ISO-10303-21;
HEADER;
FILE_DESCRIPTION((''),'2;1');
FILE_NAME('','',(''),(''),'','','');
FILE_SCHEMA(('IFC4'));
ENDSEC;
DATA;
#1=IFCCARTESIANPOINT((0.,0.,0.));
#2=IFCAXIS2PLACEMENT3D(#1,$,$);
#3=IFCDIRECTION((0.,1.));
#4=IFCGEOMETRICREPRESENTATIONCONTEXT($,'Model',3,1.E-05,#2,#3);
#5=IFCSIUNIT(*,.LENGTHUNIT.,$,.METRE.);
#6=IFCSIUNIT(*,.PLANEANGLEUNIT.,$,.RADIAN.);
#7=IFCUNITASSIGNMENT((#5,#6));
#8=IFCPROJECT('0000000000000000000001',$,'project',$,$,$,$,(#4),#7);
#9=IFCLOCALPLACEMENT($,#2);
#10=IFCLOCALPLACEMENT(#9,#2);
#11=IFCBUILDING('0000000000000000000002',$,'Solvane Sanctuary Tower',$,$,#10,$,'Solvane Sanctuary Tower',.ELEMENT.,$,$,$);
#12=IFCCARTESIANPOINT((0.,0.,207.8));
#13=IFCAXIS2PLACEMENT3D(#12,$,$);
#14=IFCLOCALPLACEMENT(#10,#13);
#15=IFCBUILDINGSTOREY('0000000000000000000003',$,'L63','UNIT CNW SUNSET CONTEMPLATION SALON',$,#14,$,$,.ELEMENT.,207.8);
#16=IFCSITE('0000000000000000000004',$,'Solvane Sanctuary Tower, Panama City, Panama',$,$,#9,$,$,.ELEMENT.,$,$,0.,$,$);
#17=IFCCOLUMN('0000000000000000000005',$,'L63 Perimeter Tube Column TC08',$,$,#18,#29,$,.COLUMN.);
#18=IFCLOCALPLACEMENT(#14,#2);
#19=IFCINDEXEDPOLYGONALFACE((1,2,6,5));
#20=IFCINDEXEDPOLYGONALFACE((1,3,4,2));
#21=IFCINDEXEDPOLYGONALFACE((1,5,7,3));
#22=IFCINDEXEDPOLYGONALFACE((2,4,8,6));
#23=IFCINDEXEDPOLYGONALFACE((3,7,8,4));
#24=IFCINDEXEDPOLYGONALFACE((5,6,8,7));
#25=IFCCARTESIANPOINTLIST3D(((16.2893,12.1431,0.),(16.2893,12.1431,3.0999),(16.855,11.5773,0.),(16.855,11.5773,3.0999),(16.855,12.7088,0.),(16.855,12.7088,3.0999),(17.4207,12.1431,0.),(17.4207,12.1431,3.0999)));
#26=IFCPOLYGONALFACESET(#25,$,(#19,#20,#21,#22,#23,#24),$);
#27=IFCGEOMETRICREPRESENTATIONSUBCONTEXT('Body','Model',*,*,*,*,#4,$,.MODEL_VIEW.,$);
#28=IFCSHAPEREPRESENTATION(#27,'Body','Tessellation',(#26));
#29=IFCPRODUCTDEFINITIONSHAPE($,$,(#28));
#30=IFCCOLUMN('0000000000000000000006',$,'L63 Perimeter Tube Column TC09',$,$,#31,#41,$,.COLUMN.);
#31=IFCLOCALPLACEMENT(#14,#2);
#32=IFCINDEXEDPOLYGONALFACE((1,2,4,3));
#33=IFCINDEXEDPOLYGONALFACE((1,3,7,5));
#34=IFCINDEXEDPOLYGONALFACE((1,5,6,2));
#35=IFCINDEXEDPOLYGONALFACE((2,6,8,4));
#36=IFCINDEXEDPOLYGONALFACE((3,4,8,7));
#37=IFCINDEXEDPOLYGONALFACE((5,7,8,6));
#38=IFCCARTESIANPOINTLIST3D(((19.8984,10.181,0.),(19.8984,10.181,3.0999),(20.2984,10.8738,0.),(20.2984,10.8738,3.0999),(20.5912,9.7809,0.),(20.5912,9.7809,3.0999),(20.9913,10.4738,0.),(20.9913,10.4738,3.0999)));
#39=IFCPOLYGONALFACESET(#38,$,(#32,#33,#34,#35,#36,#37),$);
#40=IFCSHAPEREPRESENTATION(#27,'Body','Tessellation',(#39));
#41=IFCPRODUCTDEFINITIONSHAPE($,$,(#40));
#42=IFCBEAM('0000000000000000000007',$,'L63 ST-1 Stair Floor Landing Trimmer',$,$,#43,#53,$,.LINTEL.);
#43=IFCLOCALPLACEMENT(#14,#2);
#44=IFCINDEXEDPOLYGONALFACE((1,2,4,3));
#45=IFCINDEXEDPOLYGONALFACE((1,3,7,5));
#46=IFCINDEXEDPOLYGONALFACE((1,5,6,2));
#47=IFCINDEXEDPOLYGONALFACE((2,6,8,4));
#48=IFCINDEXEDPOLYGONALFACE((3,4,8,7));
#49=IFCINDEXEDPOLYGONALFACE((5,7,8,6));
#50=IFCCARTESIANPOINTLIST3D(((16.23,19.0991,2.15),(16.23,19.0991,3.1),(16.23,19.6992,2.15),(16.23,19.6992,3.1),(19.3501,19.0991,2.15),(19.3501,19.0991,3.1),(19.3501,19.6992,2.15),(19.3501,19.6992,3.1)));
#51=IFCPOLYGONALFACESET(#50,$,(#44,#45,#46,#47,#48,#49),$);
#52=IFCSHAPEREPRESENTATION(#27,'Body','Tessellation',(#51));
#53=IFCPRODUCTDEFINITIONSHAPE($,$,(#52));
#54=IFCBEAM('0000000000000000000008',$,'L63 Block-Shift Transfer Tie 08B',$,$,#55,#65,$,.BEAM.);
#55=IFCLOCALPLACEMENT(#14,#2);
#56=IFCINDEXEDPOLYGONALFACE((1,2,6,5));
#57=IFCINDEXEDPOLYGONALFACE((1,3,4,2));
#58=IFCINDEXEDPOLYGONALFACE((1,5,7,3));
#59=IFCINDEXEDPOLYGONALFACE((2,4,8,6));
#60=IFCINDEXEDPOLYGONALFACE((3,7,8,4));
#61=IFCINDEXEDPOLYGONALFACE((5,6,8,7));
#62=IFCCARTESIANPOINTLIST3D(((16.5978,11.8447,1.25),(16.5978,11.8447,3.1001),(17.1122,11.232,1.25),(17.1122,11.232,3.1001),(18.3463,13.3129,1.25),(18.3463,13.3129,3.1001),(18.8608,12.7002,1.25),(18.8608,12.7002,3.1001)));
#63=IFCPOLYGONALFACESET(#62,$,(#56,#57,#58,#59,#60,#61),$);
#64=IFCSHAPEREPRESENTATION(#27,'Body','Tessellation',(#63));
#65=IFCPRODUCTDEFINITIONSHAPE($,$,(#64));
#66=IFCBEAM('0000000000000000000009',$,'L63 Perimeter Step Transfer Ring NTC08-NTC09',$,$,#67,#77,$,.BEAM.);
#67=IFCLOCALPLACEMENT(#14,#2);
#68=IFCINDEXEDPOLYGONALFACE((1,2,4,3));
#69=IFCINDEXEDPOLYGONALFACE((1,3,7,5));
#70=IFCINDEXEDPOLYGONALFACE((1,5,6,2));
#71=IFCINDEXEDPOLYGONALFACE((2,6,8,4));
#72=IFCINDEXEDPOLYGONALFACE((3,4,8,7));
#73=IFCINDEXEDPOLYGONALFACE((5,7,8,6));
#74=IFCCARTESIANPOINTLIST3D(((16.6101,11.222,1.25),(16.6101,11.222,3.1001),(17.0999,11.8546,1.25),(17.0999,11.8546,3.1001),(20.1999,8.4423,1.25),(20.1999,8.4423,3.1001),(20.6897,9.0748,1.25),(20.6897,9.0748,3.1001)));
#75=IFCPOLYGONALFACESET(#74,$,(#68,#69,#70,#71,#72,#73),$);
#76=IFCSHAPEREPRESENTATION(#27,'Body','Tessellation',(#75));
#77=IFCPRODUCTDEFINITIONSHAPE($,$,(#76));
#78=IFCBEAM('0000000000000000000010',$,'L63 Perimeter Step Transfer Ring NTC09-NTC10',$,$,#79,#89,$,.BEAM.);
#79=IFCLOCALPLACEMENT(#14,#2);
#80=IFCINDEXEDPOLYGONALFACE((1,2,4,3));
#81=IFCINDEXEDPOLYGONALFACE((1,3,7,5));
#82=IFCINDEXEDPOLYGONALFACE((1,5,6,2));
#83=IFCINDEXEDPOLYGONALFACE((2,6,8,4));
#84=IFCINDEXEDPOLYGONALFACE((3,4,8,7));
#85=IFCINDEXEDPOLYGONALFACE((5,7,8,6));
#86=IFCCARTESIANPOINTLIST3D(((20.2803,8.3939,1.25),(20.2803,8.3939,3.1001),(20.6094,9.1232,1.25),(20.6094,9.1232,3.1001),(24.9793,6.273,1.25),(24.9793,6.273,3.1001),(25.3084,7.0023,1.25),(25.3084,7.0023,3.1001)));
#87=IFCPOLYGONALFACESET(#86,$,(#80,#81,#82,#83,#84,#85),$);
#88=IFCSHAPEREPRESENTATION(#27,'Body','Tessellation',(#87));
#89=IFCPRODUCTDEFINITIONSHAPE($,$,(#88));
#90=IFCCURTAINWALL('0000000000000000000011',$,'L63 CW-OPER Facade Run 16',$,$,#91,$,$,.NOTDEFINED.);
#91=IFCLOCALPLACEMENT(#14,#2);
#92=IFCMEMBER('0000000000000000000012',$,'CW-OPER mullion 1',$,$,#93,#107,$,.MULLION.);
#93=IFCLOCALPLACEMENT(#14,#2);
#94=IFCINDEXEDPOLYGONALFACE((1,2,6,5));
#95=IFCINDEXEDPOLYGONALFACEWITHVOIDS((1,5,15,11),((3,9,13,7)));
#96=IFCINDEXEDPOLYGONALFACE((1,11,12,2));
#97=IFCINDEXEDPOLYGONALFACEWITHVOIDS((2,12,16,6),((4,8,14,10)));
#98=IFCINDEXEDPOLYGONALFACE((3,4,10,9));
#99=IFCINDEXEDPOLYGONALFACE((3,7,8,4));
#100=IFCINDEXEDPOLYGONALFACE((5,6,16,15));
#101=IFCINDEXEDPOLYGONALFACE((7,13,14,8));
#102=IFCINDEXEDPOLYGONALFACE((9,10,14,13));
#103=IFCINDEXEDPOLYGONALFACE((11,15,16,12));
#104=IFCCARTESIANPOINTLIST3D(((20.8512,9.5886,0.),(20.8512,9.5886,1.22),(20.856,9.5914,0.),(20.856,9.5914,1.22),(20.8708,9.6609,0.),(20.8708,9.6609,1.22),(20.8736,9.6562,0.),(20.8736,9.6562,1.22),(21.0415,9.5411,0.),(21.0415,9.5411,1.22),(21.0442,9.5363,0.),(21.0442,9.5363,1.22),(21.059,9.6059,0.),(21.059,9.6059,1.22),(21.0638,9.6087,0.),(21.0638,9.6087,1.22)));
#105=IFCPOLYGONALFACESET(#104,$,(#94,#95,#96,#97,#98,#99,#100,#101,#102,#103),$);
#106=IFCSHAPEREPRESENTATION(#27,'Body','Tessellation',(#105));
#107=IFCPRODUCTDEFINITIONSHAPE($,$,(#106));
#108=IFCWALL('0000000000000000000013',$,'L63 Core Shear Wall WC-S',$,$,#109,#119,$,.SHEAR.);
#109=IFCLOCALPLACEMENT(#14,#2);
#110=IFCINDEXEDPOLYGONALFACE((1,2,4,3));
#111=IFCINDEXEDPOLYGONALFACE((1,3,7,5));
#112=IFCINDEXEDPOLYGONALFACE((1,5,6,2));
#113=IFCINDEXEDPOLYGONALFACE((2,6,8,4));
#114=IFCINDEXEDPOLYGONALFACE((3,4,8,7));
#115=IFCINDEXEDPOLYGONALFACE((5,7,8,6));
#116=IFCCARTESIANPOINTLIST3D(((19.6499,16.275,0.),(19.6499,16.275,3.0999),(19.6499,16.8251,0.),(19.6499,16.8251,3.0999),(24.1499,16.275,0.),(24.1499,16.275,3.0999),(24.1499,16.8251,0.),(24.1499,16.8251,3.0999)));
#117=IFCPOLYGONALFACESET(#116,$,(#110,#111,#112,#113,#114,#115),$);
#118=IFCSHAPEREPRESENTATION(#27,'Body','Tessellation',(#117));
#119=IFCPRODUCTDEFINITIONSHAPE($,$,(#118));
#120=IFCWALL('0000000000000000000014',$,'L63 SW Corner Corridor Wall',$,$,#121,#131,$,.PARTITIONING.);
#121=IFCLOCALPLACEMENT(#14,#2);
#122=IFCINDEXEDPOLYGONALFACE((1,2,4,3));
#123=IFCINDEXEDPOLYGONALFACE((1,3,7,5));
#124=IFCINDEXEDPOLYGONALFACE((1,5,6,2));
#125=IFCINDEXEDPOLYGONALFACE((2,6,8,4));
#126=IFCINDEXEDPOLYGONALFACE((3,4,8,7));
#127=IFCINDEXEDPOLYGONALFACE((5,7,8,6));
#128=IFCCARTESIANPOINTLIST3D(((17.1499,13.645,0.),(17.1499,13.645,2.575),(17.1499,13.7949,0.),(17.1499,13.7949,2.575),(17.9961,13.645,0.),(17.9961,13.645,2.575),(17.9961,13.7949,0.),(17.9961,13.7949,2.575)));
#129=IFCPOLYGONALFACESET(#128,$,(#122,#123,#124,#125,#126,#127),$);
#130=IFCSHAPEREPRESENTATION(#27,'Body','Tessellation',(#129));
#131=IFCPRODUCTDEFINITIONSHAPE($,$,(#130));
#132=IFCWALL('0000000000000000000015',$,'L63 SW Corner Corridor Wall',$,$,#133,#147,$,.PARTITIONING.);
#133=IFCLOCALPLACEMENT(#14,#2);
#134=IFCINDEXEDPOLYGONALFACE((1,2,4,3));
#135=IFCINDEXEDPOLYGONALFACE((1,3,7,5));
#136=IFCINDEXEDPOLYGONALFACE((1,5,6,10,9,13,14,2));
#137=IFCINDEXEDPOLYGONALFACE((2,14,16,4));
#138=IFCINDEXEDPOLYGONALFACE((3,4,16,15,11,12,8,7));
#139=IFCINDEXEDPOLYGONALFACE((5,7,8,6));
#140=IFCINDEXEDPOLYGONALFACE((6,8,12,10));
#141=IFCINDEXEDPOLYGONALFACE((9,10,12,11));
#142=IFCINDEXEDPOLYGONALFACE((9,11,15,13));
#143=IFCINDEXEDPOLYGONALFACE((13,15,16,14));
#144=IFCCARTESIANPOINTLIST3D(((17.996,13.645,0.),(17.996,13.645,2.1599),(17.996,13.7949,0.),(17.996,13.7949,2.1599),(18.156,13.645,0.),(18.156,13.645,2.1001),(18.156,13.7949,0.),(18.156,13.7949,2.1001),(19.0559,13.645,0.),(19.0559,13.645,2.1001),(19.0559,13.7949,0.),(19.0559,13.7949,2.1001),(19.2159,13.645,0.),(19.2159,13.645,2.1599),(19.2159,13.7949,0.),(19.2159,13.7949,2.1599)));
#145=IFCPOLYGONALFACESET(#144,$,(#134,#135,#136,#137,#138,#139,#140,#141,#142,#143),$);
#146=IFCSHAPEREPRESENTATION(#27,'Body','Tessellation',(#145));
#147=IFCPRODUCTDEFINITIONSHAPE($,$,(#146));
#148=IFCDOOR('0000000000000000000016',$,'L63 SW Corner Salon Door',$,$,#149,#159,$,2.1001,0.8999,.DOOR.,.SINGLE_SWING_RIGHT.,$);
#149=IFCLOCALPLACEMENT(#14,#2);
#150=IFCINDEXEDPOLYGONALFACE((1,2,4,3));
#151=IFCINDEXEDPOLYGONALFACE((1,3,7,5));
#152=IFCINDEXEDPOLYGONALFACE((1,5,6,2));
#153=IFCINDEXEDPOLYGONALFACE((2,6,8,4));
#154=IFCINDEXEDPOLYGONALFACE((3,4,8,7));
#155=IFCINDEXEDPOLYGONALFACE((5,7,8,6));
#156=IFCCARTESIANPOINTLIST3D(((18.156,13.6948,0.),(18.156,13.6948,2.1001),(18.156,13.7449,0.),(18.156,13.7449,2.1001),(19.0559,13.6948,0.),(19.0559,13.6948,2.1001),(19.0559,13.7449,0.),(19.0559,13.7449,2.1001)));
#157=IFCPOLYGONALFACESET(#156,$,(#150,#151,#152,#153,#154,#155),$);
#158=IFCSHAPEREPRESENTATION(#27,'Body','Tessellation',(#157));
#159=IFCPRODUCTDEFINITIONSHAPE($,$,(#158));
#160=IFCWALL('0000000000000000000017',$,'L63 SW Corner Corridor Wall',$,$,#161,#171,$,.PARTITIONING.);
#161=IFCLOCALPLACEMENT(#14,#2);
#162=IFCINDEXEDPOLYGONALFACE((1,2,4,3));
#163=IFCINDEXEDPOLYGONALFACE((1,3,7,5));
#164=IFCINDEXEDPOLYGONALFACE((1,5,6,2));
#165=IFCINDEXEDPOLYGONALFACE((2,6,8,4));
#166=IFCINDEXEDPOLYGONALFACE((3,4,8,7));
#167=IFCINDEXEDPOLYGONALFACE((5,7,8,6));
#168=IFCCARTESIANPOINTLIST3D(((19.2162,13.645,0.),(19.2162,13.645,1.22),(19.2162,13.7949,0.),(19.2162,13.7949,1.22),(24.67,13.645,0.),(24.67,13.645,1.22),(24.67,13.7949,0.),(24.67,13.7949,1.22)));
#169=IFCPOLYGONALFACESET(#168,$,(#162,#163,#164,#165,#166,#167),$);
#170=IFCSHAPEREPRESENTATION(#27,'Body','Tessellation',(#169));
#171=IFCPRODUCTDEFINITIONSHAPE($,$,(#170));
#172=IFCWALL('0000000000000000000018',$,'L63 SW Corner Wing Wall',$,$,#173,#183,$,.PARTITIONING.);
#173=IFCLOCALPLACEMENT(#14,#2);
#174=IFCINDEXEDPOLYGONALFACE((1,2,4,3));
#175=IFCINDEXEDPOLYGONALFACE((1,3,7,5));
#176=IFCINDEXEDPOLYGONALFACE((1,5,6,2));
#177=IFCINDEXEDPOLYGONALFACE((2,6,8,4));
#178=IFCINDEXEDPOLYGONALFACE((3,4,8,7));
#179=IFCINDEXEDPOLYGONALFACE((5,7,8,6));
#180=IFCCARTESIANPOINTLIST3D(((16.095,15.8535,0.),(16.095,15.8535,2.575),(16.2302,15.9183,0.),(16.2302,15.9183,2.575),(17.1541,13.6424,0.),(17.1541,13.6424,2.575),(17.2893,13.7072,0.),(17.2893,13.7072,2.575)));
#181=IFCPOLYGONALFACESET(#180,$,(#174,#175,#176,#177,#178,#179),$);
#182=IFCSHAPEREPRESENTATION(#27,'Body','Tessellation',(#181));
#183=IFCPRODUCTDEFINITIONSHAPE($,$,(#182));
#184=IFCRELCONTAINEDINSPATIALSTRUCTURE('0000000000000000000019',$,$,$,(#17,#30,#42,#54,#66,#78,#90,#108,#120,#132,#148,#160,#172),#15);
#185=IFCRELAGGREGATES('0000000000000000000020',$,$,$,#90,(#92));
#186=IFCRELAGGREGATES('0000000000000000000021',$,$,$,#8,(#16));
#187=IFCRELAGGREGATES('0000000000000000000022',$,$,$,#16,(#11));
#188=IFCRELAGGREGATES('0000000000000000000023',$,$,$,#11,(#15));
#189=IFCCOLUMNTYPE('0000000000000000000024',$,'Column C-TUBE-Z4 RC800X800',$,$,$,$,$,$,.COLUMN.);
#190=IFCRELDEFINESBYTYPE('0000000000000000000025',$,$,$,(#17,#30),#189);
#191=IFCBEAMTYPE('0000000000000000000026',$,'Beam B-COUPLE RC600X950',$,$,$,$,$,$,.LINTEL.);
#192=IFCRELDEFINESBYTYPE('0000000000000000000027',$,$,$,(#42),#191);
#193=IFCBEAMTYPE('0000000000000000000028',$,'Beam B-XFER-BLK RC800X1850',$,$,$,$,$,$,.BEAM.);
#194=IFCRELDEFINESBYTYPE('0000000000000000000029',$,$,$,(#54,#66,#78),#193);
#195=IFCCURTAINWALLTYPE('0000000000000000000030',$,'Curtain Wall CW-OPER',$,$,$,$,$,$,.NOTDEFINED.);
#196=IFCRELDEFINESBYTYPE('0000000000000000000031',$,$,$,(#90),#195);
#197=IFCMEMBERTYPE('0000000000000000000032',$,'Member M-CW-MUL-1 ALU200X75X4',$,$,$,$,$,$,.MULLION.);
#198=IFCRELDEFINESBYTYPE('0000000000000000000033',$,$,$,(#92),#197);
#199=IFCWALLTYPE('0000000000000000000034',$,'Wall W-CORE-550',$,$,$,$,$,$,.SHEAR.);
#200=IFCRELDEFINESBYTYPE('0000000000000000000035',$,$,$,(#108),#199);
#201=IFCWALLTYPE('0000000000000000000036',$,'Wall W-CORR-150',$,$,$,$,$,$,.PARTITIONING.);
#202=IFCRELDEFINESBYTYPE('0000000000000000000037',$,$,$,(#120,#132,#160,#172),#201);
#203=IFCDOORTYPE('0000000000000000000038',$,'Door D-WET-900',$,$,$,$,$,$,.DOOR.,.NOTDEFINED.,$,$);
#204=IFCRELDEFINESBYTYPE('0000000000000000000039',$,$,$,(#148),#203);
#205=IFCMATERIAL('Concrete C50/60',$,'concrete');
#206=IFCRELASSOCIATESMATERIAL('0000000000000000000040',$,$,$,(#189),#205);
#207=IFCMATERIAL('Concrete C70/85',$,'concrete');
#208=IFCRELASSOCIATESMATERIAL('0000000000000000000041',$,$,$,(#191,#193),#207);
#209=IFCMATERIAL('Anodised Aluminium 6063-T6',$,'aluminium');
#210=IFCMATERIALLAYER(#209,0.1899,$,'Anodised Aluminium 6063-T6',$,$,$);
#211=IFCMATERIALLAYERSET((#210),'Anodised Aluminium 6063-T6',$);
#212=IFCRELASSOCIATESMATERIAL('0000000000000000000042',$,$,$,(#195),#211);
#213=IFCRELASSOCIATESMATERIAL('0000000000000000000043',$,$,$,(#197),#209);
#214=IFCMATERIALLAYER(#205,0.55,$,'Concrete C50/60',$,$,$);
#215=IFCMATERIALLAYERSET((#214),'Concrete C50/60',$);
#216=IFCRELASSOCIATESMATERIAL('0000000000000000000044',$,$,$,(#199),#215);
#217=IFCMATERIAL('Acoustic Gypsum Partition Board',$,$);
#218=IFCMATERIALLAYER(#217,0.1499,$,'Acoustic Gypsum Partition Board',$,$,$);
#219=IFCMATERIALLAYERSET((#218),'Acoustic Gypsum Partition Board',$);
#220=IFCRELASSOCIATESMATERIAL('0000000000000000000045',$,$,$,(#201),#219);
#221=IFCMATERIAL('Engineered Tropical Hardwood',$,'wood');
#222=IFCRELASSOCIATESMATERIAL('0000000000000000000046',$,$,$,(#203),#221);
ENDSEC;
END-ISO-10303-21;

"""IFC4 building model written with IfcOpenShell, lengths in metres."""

from ifc_helpers import new_model, si_unit, direction, frame, frame_2d, origin, origin_2d, place, context, subcontext, project, spatial, rectangle, hollow_rectangle, extrude, material, layer, layer_set, material_profile, profile_set, type_object, element, fill, aggregate, save


model = new_model("IFC4")

# Units and contexts
model_context = context("Model", 3, precision=1e-05, world=origin(), true_north=direction((0.0, 1.0)))
body_context = subcontext(model_context, "Body", "Model", "MODEL_VIEW")
ifc_project = project(units=[si_unit("LENGTHUNIT", "METRE"), si_unit("PLANEANGLEUNIT", "RADIAN")], contexts=[model_context])

# Site, building, storey
site_placement = place(None, origin())
site = spatial("IfcSite", under=ifc_project, at=site_placement, Name="Solvane Sanctuary Tower, Panama City, Panama", CompositionType="ELEMENT", RefElevation=0.0)
building_placement = place(site_placement, origin())
building = spatial("IfcBuilding", under=site, at=building_placement, Name="Solvane Sanctuary Tower", LongName="Solvane Sanctuary Tower", CompositionType="ELEMENT")
storey_placement = place(building_placement, frame((0.0, 0.0, 207.8)))
storey = spatial("IfcBuildingStorey", under=building, at=storey_placement, Name="L63", Description="UNIT CNW SUNSET CONTEMPLATION SALON", CompositionType="ELEMENT", Elevation=207.8)

# Columns
ifc_material_1 = material(Name="Concrete C50/60", Category="concrete")
ifc_material_profile_1 = material_profile(ifc_material_1, rectangle(XDim=0.8, YDim=0.8, at=origin_2d()), Name="RC800X800")
ifc_profile_set_1 = profile_set([ifc_material_profile_1], Name="Concrete C50/60")
column_type = type_object("IfcColumnType", Name="Column C-TUBE-Z4 RC800X800", PredefinedType="COLUMN", material=ifc_profile_set_1)
for number, where, z_axis, x_axis, name in (
    (1, (16.855, 12.1431, 0.0), (0.0, 0.0, 1.0), (-0.707107, -0.707107, 0.0), "L63 Perimeter Tube Column TC08"),
    (2, (20.4448, 10.3274, 0.0), (0.0, 0.0, 1.0), (-0.5, -0.866025, 0.0), "L63 Perimeter Tube Column TC09"),
):
    element("IfcColumn", number, at=place(storey_placement, frame(where, z_axis=z_axis, x_axis=x_axis)), inside=storey, type_object=column_type, Name=name, PredefinedType="COLUMN", context=body_context, shape_type="SweptSolid", body=[
        extrude(rectangle(XDim=0.8, YDim=0.8, at=origin_2d()), origin(), (0.0, 0.0, 1.0), 3.0999),
    ])

# Beams
ifc_material_2 = material(Name="Concrete C70/85", Category="concrete")
ifc_material_profile_2 = material_profile(ifc_material_2, rectangle(XDim=0.6001, YDim=0.95, at=origin_2d()), Name="RC600X950")
ifc_profile_set_2 = profile_set([ifc_material_profile_2], Name="Concrete C70/85")
beam_type_1 = type_object("IfcBeamType", Name="Beam B-COUPLE RC600X950", PredefinedType="LINTEL", material=ifc_profile_set_2)
beam_1_placement = place(storey_placement, frame((16.23, 19.3992, 2.625), z_axis=(1.0, 0.0, 0.0), x_axis=(0.0, 1.0, 0.0)))
element("IfcBeam", 3, at=beam_1_placement, inside=storey, type_object=beam_type_1, Name="L63 ST-1 Stair Floor Landing Trimmer", PredefinedType="LINTEL", context=body_context, shape_type="SweptSolid", body=[
    extrude(rectangle(XDim=0.6001, YDim=0.95, at=origin_2d()), origin(), (0.0, 0.0, 1.0), 3.1201),
])
ifc_material_profile_3 = material_profile(ifc_material_2, rectangle(XDim=0.8, YDim=1.8501, at=origin_2d()), Name="RC800X1850")
ifc_profile_set_3 = profile_set([ifc_material_profile_3], Name="Concrete C70/85")
beam_type_2 = type_object("IfcBeamType", Name="Beam B-XFER-BLK RC800X1850", PredefinedType="BEAM", material=ifc_profile_set_3)
beam_2_placement = place(storey_placement, frame((18.6035, 13.0066, 2.175), z_axis=(-0.765814, -0.643062, 0.0), x_axis=(0.643062, -0.765814, 0.0)))
element("IfcBeam", 4, at=beam_2_placement, inside=storey, type_object=beam_type_2, Name="L63 Block-Shift Transfer Tie 08B", PredefinedType="BEAM", context=body_context, shape_type="SweptSolid", body=[
    extrude(rectangle(XDim=0.8, YDim=1.8501, at=origin_2d()), origin(), (0.0, 0.0, 1.0), 2.2832),
])
beam_3_placement = place(storey_placement, frame((16.855, 11.5383, 2.175), z_axis=(0.790665, -0.612249, 0.0), x_axis=(0.612249, 0.790665, 0.0)))
element("IfcBeam", 5, at=beam_3_placement, inside=storey, type_object=beam_type_2, Name="L63 Perimeter Step Transfer Ring NTC08-NTC09", PredefinedType="BEAM", context=body_context, shape_type="SweptSolid", body=[
    extrude(rectangle(XDim=0.8, YDim=1.8501, at=origin_2d()), origin(), (0.0, 0.0, 1.0), 4.5403),
])
beam_4_placement = place(storey_placement, frame((20.4448, 8.7585, 2.175), z_axis=(0.911463, -0.411382, 0.0), x_axis=(0.411382, 0.911463, 0.0)))
element("IfcBeam", 6, at=beam_4_placement, inside=storey, type_object=beam_type_2, Name="L63 Perimeter Step Transfer Ring NTC09-NTC10", PredefinedType="BEAM", context=body_context, shape_type="SweptSolid", body=[
    extrude(rectangle(XDim=0.8, YDim=1.8501, at=origin_2d()), origin(), (0.0, 0.0, 1.0), 5.1555),
])

# Curtain wall, member
ifc_material_3 = material(Name="Anodised Aluminium 6063-T6", Category="aluminium")
ifc_layer_1 = layer(ifc_material_3, 0.1899, Name="Anodised Aluminium 6063-T6")
ifc_layer_set_1 = layer_set([ifc_layer_1], Name="Anodised Aluminium 6063-T6")
curtain_wall_type = type_object("IfcCurtainWallType", Name="Curtain Wall CW-OPER", PredefinedType="NOTDEFINED", material=ifc_layer_set_1)
curtain_wall_placement = place(storey_placement, origin())
curtain_wall = element("IfcCurtainWall", 7, at=curtain_wall_placement, inside=storey, type_object=curtain_wall_type, Name="L63 CW-OPER Facade Run 16", PredefinedType="NOTDEFINED")
ifc_material_profile_4 = material_profile(ifc_material_3, hollow_rectangle(XDim=0.075, YDim=0.2, WallThickness=0.0039, at=origin_2d()), Name="ALU200X75X4")
ifc_profile_set_4 = profile_set([ifc_material_profile_4], Name="Anodised Aluminium 6063-T6")
member_type = type_object("IfcMemberType", Name="Member M-CW-MUL-1 ALU200X75X4", PredefinedType="MULLION", material=ifc_profile_set_4)
member_placement = place(storey_placement, frame((20.9575, 9.5986, 0.0), z_axis=(0.0, 0.0, 1.0), x_axis=(0.261468, 0.965212, 0.0)))
member = element("IfcMember", 8, at=member_placement, type_object=member_type, Name="CW-OPER mullion 1", PredefinedType="MULLION", context=body_context, shape_type="SweptSolid", body=[
    extrude(hollow_rectangle(XDim=0.075, YDim=0.2, WallThickness=0.0039, at=origin_2d()), origin(), (0.0, 0.0, 1.0), 1.22),
])
aggregate(curtain_wall, [member])

# Walls
ifc_layer_2 = layer(ifc_material_1, 0.55, Name="Concrete C50/60")
ifc_layer_set_2 = layer_set([ifc_layer_2], Name="Concrete C50/60")
wall_type_1 = type_object("IfcWallType", Name="Wall W-CORE-550", PredefinedType="SHEAR", material=ifc_layer_set_2)
wall_1_placement = place(storey_placement, frame((19.6499, 16.55, 0.0), z_axis=(0.0, 0.0, 1.0), x_axis=(1.0, 0.0, 0.0)))
element("IfcWall", 9, at=wall_1_placement, inside=storey, type_object=wall_type_1, Name="L63 Core Shear Wall WC-S", PredefinedType="SHEAR", context=body_context, shape_type="SweptSolid", body=[
    extrude(rectangle(XDim=4.5, YDim=0.55, at=frame_2d((2.25, 0.0))), origin(), (0.0, 0.0, 1.0), 3.0999),
])
ifc_material_4 = material(Name="Acoustic Gypsum Partition Board")
ifc_layer_3 = layer(ifc_material_4, 0.1499, Name="Acoustic Gypsum Partition Board")
ifc_layer_set_3 = layer_set([ifc_layer_3], Name="Acoustic Gypsum Partition Board")
wall_type_2 = type_object("IfcWallType", Name="Wall W-CORR-150", PredefinedType="PARTITIONING", material=ifc_layer_set_3)
wall_2_placement = place(storey_placement, frame((17.1499, 13.72, 0.0), z_axis=(0.0, 0.0, 1.0), x_axis=(1.0, 0.0, 0.0)))
element("IfcWall", 10, at=wall_2_placement, inside=storey, type_object=wall_type_2, Name="L63 SW Corner Corridor Wall", PredefinedType="PARTITIONING", context=body_context, shape_type="SweptSolid", body=[
    extrude(rectangle(XDim=0.8462, YDim=0.1499, at=frame_2d((0.4231, 0.0))), origin(), (0.0, 0.0, 1.0), 2.575),
])

# Wall, opening, door
wall_3_placement = place(storey_placement, frame((17.9961, 13.72, 0.0), z_axis=(0.0, 0.0, 1.0), x_axis=(1.0, 0.0, 0.0)))
wall_3 = element("IfcWall", 11, at=wall_3_placement, inside=storey, type_object=wall_type_2, Name="L63 SW Corner Corridor Wall", PredefinedType="PARTITIONING", context=body_context, shape_type="SweptSolid", body=[
    extrude(rectangle(XDim=1.22, YDim=0.1499, at=frame_2d((0.6099, 0.0))), origin(), (0.0, 0.0, 1.0), 2.1599),
])
opening_1_placement = place(wall_3_placement, frame((0.1599, 0.0, 0.0)))
opening_1 = element("IfcOpeningElement", 12, at=opening_1_placement, cuts=wall_3, PredefinedType="OPENING", context=body_context, shape_type="SweptSolid", body=[
    extrude(rectangle(XDim=0.8999, YDim=2.1001, at=frame_2d((0.45, 1.05))), frame((0.0, 0.085, 0.0), z_axis=(0.0, -1.0, 0.0), x_axis=(1.0, 0.0, 0.0)), (0.0, 0.0, 1.0), 0.1699),
])
ifc_material_5 = material(Name="Engineered Tropical Hardwood", Category="wood")
door_type_1 = type_object("IfcDoorType", Name="Door D-WET-900", OperationType="NOTDEFINED", PredefinedType="DOOR", material=ifc_material_5)
door_1_placement = place(opening_1_placement, origin())
door_1 = element("IfcDoor", 13, at=door_1_placement, inside=storey, type_object=door_type_1, Name="L63 SW Corner Salon Door", OperationType="SINGLE_SWING_RIGHT", OverallHeight=2.1001, OverallWidth=0.8999, PredefinedType="DOOR", context=body_context, shape_type="SweptSolid", body=[
    extrude(rectangle(XDim=0.8999, YDim=2.1001, at=frame_2d((0.45, 1.05))), frame((0.0, 0.0249, 0.0), z_axis=(0.0, -1.0, 0.0), x_axis=(1.0, 0.0, 0.0)), (0.0, 0.0, 1.0), 0.05),
])
fill(opening_1, door_1)

# Walls
wall_4_placement = place(storey_placement, frame((19.2161, 13.72, 0.0), z_axis=(0.0, 0.0, 1.0), x_axis=(1.0, 0.0, 0.0)))
element("IfcWall", 14, at=wall_4_placement, inside=storey, type_object=wall_type_2, Name="L63 SW Corner Corridor Wall", PredefinedType="PARTITIONING", context=body_context, shape_type="SweptSolid", body=[
    extrude(rectangle(XDim=5.4539, YDim=0.1499, at=frame_2d((2.7271, 0.0))), origin(), (0.0, 0.0, 1.0), 1.22),
])
wall_5_placement = place(storey_placement, frame((17.2217, 13.6748, 0.0), z_axis=(0.0, 0.0, 1.0), x_axis=(-0.431973, 0.901886, 0.0)))
element("IfcWall", 15, at=wall_5_placement, inside=storey, type_object=wall_type_2, Name="L63 SW Corner Wing Wall", PredefinedType="PARTITIONING", context=body_context, shape_type="SweptSolid", body=[
    extrude(rectangle(XDim=2.4517, YDim=0.1499, at=frame_2d((1.2258, 0.0))), origin(), (0.0, 0.0, 1.0), 2.575),
])

save(model, "model.ifc")
